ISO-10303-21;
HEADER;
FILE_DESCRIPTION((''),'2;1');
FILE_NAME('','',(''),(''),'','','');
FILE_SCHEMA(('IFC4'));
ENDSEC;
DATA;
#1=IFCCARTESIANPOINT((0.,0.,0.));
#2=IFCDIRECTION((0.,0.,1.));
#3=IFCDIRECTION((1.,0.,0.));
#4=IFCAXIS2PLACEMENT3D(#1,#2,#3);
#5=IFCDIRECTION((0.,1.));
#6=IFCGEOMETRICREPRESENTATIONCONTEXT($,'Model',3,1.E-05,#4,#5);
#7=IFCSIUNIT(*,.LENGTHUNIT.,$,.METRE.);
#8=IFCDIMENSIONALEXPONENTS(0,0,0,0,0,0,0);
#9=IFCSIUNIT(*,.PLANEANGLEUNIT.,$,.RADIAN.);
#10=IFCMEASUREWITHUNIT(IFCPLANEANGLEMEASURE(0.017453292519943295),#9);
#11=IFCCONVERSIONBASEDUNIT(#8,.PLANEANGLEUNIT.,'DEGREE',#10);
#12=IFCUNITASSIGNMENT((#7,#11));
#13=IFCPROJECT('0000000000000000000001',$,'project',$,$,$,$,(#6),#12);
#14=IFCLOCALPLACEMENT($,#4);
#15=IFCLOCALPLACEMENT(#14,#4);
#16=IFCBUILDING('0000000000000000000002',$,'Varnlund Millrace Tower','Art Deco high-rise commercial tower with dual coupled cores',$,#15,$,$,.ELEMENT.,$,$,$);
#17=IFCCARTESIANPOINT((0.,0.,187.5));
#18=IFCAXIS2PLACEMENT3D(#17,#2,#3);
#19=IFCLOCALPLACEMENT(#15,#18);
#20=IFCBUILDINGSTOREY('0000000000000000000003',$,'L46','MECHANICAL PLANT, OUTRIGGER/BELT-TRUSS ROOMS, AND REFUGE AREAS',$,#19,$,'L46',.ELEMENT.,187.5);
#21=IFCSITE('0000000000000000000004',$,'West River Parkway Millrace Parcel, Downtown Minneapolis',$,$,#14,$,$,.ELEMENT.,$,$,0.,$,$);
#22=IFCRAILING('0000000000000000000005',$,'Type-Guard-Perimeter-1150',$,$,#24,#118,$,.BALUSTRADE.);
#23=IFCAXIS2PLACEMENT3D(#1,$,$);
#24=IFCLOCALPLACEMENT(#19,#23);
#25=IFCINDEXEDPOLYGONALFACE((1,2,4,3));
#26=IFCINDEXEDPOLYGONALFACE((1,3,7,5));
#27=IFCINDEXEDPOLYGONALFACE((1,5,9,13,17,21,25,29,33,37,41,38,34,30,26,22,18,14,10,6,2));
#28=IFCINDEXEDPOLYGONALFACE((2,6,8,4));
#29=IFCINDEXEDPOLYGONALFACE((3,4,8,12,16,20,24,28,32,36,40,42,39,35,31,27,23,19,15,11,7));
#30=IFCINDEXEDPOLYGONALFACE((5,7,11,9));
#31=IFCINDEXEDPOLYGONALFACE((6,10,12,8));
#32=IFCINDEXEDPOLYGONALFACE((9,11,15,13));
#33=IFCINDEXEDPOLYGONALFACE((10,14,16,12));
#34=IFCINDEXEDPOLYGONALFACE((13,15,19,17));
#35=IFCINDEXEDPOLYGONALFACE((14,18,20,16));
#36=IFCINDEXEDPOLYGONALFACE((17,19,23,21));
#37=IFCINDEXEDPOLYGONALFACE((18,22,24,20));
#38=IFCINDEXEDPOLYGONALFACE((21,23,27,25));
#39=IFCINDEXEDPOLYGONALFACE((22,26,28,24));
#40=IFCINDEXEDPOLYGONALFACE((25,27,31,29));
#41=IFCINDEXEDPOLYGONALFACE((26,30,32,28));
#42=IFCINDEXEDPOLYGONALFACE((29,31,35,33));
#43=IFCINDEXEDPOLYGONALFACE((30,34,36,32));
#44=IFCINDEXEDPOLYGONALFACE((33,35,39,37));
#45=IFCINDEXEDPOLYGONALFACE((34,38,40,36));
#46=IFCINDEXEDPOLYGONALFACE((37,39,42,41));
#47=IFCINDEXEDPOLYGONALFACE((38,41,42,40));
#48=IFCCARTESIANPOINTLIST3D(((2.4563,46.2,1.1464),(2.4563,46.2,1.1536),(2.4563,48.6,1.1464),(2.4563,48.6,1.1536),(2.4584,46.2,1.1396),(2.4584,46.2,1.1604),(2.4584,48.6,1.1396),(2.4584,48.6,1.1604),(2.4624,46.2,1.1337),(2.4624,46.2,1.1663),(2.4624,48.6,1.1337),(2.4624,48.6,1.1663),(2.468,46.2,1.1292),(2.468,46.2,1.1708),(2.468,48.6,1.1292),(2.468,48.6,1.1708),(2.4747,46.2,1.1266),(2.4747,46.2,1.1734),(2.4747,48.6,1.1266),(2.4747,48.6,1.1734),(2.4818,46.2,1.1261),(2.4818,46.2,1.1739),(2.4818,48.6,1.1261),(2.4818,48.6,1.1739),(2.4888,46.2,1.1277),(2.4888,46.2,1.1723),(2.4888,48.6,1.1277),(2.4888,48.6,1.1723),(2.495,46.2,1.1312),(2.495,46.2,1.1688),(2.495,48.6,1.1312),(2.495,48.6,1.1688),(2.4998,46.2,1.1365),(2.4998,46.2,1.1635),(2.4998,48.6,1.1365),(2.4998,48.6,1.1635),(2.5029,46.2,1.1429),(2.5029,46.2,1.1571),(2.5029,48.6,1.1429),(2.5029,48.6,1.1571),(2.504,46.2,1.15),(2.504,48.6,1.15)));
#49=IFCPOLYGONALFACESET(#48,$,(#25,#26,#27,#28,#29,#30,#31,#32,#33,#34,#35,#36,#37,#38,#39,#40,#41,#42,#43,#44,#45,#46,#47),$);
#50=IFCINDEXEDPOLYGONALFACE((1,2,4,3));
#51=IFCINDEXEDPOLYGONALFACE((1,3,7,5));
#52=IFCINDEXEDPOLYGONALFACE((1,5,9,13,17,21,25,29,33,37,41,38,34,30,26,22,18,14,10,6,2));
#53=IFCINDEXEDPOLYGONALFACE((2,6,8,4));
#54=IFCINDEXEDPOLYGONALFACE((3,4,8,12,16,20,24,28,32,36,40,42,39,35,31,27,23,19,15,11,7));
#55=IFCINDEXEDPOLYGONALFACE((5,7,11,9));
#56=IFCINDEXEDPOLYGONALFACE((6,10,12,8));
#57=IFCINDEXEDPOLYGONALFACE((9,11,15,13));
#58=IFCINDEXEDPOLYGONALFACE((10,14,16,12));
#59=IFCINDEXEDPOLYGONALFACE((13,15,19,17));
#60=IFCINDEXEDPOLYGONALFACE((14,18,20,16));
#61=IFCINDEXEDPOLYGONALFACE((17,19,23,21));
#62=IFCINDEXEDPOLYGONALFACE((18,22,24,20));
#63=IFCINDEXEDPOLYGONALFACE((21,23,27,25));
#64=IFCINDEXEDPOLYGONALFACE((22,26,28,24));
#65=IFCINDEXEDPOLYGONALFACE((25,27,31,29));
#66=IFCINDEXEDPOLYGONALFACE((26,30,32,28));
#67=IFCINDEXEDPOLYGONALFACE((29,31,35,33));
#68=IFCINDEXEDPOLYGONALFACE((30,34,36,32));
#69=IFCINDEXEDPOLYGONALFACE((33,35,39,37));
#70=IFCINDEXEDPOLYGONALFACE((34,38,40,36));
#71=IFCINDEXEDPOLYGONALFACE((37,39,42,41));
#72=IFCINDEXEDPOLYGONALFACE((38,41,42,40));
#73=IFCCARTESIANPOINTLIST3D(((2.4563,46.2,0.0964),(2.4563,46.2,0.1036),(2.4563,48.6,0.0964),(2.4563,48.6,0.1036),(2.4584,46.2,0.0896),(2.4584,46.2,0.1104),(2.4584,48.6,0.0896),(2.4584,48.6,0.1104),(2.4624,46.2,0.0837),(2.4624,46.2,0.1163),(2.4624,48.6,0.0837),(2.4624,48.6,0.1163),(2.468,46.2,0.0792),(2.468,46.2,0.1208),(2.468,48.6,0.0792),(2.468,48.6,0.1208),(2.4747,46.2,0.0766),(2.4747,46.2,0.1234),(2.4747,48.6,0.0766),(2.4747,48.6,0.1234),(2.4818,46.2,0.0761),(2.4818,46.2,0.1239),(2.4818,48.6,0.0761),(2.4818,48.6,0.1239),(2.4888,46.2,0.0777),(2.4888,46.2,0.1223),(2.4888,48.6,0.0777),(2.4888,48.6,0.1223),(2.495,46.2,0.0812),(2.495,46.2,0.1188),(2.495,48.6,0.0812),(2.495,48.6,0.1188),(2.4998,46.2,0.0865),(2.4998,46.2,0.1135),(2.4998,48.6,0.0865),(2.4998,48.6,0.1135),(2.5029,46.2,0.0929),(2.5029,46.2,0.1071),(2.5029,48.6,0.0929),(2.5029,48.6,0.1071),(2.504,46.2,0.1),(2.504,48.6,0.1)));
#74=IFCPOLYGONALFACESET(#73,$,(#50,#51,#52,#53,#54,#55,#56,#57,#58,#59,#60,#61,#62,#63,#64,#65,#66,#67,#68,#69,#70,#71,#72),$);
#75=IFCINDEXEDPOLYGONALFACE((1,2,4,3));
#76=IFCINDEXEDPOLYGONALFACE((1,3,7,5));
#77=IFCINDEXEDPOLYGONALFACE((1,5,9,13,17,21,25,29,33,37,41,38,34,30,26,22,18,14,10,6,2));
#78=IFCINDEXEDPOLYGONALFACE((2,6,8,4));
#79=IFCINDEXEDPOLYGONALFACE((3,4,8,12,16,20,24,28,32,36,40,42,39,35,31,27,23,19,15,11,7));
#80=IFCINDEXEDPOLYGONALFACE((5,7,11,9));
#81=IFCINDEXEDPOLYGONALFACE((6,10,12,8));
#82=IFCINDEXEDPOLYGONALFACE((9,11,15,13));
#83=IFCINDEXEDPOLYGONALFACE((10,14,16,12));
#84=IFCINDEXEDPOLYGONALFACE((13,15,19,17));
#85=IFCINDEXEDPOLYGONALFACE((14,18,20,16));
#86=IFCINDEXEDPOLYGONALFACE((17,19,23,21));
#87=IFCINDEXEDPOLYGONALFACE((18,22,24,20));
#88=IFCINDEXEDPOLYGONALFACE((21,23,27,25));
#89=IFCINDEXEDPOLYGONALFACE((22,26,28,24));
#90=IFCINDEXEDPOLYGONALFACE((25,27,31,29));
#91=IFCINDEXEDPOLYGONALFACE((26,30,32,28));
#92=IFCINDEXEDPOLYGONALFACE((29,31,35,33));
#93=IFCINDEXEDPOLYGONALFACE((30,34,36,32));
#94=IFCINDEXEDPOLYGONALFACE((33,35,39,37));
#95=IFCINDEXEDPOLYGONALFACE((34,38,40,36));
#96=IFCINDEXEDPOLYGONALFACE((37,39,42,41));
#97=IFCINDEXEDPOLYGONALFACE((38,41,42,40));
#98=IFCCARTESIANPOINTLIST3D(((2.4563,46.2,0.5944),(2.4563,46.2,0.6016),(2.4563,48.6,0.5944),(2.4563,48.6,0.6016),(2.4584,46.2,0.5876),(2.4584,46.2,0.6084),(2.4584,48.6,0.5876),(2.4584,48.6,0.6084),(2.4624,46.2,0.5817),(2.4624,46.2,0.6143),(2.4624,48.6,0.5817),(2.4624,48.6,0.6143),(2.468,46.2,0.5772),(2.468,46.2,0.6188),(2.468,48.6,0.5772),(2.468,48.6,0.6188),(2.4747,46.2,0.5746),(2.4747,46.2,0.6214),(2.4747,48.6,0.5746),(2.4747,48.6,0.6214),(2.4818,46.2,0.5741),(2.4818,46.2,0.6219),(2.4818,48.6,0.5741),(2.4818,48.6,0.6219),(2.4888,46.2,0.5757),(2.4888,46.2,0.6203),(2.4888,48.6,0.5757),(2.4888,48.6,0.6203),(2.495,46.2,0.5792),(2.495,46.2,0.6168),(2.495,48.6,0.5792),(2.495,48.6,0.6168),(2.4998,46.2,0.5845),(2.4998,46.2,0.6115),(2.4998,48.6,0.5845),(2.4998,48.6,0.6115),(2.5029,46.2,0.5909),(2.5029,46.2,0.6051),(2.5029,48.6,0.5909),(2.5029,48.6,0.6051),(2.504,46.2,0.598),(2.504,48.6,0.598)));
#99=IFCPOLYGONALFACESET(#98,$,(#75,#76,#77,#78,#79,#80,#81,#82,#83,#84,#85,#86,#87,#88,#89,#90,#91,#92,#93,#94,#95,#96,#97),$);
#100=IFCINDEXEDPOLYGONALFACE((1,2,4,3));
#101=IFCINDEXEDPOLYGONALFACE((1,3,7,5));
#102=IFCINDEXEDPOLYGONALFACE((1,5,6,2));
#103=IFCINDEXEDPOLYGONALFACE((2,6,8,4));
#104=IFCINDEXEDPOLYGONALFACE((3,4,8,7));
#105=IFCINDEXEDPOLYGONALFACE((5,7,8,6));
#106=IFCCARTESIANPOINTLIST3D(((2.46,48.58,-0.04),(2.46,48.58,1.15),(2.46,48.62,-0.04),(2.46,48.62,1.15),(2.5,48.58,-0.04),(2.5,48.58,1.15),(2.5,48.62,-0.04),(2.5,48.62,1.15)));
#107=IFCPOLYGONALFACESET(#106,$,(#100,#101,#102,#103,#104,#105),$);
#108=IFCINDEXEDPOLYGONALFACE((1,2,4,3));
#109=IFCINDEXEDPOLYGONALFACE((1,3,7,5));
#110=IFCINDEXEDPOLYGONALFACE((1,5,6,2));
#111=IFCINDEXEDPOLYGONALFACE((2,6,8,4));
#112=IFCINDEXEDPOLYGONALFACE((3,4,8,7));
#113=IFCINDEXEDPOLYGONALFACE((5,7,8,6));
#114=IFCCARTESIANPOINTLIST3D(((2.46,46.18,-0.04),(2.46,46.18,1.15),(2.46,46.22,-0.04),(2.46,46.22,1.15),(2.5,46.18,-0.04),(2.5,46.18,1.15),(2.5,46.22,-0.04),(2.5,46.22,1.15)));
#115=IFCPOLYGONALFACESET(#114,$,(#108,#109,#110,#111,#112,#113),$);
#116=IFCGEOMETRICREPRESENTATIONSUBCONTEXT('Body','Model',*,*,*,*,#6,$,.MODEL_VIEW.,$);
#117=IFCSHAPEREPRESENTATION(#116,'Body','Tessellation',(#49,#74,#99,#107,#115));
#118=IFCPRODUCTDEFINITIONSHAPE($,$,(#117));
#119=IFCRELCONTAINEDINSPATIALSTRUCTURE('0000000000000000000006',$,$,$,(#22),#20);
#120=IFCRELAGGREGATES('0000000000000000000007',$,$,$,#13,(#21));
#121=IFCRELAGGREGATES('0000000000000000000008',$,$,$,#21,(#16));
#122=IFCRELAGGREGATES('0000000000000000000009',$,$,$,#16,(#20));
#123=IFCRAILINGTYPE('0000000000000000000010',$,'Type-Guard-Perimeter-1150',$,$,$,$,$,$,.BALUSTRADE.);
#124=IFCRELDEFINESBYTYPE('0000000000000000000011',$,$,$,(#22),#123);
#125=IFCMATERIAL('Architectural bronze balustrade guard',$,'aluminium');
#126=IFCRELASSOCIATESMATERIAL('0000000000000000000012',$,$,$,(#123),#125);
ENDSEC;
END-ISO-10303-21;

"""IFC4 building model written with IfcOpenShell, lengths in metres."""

from ifc_helpers import new_model, entity, si_unit, converted_unit, direction, frame, origin_with_axes, origin_2d_with_axis, place, context, subcontext, project, spatial, rectangle, circle, extrude, material, type_object, element, save


model = new_model("IFC4")

# Units and contexts
model_context = context("Model", 3, precision=1e-05, world=origin_with_axes(), true_north=direction((0.0, 1.0)))
body_context = subcontext(model_context, "Body", "Model", "MODEL_VIEW")
ifc_project = project(units=[si_unit("LENGTHUNIT", "METRE"), converted_unit("PLANEANGLEUNIT", "DEGREE", entity("IfcPlaneAngleMeasure", 0.017453292519943295), si_unit("PLANEANGLEUNIT", "RADIAN"), dimensions=[0, 0, 0, 0, 0, 0, 0])], contexts=[model_context])

# Site, building, storey
site_placement = place(None, origin_with_axes())
site = spatial("IfcSite", under=ifc_project, at=site_placement, Name="West River Parkway Millrace Parcel, Downtown Minneapolis", CompositionType="ELEMENT", RefElevation=0.0)
building_placement = place(site_placement, origin_with_axes())
building = spatial("IfcBuilding", under=site, at=building_placement, Name="Varnlund Millrace Tower", Description="Art Deco high-rise commercial tower with dual coupled cores", CompositionType="ELEMENT")
storey_placement = place(building_placement, frame((0.0, 0.0, 187.5), z_axis=(0.0, 0.0, 1.0), x_axis=(1.0, 0.0, 0.0)))
storey = spatial("IfcBuildingStorey", under=building, at=storey_placement, Name="L46", Description="MECHANICAL PLANT, OUTRIGGER/BELT-TRUSS ROOMS, AND REFUGE AREAS", LongName="L46", CompositionType="ELEMENT", Elevation=187.5)

# Railing
ifc_material_1 = material(Name="Architectural bronze balustrade guard", Category="aluminium")
railing_type_1 = type_object("IfcRailingType", Name="Type-Guard-Perimeter-1150", PredefinedType="BALUSTRADE", material=ifc_material_1)
railing_1_placement = place(storey_placement, frame((0.0, 0.0, -187.5), z_axis=(0.0, 0.0, 1.0), x_axis=(1.0, 0.0, 0.0)))
element("IfcRailing", 1, at=railing_1_placement, inside=storey, type_object=railing_type_1, Name="Type-Guard-Perimeter-1150", PredefinedType="BALUSTRADE", context=body_context, shape_type="SweptSolid", body=[
    extrude(circle(Radius=0.024, at=origin_2d_with_axis()), frame((2.48, 48.6, 188.65), z_axis=(0.0, -1.0, 0.0), x_axis=(1.0, 0.0, 0.0)), (0.0, 0.0, 1.0), 2.4),
    extrude(circle(Radius=0.024, at=origin_2d_with_axis()), frame((2.48, 48.6, 187.6), z_axis=(0.0, -1.0, 0.0), x_axis=(1.0, 0.0, 0.0)), (0.0, 0.0, 1.0), 2.4),
    extrude(circle(Radius=0.024, at=origin_2d_with_axis()), frame((2.48, 48.6, 188.098), z_axis=(0.0, -1.0, 0.0), x_axis=(1.0, 0.0, 0.0)), (0.0, 0.0, 1.0), 2.4),
    extrude(rectangle(XDim=0.04, YDim=0.04, at=origin_2d_with_axis()), frame((2.48, 48.6, 187.46), z_axis=(0.0, 0.0, 1.0), x_axis=(1.0, 0.0, 0.0)), (0.0, 0.0, 1.0), 1.19),
    extrude(rectangle(XDim=0.04, YDim=0.04, at=origin_2d_with_axis()), frame((2.48, 46.2, 187.46), z_axis=(0.0, 0.0, 1.0), x_axis=(1.0, 0.0, 0.0)), (0.0, 0.0, 1.0), 1.19),
])

save(model, "model.ifc")
